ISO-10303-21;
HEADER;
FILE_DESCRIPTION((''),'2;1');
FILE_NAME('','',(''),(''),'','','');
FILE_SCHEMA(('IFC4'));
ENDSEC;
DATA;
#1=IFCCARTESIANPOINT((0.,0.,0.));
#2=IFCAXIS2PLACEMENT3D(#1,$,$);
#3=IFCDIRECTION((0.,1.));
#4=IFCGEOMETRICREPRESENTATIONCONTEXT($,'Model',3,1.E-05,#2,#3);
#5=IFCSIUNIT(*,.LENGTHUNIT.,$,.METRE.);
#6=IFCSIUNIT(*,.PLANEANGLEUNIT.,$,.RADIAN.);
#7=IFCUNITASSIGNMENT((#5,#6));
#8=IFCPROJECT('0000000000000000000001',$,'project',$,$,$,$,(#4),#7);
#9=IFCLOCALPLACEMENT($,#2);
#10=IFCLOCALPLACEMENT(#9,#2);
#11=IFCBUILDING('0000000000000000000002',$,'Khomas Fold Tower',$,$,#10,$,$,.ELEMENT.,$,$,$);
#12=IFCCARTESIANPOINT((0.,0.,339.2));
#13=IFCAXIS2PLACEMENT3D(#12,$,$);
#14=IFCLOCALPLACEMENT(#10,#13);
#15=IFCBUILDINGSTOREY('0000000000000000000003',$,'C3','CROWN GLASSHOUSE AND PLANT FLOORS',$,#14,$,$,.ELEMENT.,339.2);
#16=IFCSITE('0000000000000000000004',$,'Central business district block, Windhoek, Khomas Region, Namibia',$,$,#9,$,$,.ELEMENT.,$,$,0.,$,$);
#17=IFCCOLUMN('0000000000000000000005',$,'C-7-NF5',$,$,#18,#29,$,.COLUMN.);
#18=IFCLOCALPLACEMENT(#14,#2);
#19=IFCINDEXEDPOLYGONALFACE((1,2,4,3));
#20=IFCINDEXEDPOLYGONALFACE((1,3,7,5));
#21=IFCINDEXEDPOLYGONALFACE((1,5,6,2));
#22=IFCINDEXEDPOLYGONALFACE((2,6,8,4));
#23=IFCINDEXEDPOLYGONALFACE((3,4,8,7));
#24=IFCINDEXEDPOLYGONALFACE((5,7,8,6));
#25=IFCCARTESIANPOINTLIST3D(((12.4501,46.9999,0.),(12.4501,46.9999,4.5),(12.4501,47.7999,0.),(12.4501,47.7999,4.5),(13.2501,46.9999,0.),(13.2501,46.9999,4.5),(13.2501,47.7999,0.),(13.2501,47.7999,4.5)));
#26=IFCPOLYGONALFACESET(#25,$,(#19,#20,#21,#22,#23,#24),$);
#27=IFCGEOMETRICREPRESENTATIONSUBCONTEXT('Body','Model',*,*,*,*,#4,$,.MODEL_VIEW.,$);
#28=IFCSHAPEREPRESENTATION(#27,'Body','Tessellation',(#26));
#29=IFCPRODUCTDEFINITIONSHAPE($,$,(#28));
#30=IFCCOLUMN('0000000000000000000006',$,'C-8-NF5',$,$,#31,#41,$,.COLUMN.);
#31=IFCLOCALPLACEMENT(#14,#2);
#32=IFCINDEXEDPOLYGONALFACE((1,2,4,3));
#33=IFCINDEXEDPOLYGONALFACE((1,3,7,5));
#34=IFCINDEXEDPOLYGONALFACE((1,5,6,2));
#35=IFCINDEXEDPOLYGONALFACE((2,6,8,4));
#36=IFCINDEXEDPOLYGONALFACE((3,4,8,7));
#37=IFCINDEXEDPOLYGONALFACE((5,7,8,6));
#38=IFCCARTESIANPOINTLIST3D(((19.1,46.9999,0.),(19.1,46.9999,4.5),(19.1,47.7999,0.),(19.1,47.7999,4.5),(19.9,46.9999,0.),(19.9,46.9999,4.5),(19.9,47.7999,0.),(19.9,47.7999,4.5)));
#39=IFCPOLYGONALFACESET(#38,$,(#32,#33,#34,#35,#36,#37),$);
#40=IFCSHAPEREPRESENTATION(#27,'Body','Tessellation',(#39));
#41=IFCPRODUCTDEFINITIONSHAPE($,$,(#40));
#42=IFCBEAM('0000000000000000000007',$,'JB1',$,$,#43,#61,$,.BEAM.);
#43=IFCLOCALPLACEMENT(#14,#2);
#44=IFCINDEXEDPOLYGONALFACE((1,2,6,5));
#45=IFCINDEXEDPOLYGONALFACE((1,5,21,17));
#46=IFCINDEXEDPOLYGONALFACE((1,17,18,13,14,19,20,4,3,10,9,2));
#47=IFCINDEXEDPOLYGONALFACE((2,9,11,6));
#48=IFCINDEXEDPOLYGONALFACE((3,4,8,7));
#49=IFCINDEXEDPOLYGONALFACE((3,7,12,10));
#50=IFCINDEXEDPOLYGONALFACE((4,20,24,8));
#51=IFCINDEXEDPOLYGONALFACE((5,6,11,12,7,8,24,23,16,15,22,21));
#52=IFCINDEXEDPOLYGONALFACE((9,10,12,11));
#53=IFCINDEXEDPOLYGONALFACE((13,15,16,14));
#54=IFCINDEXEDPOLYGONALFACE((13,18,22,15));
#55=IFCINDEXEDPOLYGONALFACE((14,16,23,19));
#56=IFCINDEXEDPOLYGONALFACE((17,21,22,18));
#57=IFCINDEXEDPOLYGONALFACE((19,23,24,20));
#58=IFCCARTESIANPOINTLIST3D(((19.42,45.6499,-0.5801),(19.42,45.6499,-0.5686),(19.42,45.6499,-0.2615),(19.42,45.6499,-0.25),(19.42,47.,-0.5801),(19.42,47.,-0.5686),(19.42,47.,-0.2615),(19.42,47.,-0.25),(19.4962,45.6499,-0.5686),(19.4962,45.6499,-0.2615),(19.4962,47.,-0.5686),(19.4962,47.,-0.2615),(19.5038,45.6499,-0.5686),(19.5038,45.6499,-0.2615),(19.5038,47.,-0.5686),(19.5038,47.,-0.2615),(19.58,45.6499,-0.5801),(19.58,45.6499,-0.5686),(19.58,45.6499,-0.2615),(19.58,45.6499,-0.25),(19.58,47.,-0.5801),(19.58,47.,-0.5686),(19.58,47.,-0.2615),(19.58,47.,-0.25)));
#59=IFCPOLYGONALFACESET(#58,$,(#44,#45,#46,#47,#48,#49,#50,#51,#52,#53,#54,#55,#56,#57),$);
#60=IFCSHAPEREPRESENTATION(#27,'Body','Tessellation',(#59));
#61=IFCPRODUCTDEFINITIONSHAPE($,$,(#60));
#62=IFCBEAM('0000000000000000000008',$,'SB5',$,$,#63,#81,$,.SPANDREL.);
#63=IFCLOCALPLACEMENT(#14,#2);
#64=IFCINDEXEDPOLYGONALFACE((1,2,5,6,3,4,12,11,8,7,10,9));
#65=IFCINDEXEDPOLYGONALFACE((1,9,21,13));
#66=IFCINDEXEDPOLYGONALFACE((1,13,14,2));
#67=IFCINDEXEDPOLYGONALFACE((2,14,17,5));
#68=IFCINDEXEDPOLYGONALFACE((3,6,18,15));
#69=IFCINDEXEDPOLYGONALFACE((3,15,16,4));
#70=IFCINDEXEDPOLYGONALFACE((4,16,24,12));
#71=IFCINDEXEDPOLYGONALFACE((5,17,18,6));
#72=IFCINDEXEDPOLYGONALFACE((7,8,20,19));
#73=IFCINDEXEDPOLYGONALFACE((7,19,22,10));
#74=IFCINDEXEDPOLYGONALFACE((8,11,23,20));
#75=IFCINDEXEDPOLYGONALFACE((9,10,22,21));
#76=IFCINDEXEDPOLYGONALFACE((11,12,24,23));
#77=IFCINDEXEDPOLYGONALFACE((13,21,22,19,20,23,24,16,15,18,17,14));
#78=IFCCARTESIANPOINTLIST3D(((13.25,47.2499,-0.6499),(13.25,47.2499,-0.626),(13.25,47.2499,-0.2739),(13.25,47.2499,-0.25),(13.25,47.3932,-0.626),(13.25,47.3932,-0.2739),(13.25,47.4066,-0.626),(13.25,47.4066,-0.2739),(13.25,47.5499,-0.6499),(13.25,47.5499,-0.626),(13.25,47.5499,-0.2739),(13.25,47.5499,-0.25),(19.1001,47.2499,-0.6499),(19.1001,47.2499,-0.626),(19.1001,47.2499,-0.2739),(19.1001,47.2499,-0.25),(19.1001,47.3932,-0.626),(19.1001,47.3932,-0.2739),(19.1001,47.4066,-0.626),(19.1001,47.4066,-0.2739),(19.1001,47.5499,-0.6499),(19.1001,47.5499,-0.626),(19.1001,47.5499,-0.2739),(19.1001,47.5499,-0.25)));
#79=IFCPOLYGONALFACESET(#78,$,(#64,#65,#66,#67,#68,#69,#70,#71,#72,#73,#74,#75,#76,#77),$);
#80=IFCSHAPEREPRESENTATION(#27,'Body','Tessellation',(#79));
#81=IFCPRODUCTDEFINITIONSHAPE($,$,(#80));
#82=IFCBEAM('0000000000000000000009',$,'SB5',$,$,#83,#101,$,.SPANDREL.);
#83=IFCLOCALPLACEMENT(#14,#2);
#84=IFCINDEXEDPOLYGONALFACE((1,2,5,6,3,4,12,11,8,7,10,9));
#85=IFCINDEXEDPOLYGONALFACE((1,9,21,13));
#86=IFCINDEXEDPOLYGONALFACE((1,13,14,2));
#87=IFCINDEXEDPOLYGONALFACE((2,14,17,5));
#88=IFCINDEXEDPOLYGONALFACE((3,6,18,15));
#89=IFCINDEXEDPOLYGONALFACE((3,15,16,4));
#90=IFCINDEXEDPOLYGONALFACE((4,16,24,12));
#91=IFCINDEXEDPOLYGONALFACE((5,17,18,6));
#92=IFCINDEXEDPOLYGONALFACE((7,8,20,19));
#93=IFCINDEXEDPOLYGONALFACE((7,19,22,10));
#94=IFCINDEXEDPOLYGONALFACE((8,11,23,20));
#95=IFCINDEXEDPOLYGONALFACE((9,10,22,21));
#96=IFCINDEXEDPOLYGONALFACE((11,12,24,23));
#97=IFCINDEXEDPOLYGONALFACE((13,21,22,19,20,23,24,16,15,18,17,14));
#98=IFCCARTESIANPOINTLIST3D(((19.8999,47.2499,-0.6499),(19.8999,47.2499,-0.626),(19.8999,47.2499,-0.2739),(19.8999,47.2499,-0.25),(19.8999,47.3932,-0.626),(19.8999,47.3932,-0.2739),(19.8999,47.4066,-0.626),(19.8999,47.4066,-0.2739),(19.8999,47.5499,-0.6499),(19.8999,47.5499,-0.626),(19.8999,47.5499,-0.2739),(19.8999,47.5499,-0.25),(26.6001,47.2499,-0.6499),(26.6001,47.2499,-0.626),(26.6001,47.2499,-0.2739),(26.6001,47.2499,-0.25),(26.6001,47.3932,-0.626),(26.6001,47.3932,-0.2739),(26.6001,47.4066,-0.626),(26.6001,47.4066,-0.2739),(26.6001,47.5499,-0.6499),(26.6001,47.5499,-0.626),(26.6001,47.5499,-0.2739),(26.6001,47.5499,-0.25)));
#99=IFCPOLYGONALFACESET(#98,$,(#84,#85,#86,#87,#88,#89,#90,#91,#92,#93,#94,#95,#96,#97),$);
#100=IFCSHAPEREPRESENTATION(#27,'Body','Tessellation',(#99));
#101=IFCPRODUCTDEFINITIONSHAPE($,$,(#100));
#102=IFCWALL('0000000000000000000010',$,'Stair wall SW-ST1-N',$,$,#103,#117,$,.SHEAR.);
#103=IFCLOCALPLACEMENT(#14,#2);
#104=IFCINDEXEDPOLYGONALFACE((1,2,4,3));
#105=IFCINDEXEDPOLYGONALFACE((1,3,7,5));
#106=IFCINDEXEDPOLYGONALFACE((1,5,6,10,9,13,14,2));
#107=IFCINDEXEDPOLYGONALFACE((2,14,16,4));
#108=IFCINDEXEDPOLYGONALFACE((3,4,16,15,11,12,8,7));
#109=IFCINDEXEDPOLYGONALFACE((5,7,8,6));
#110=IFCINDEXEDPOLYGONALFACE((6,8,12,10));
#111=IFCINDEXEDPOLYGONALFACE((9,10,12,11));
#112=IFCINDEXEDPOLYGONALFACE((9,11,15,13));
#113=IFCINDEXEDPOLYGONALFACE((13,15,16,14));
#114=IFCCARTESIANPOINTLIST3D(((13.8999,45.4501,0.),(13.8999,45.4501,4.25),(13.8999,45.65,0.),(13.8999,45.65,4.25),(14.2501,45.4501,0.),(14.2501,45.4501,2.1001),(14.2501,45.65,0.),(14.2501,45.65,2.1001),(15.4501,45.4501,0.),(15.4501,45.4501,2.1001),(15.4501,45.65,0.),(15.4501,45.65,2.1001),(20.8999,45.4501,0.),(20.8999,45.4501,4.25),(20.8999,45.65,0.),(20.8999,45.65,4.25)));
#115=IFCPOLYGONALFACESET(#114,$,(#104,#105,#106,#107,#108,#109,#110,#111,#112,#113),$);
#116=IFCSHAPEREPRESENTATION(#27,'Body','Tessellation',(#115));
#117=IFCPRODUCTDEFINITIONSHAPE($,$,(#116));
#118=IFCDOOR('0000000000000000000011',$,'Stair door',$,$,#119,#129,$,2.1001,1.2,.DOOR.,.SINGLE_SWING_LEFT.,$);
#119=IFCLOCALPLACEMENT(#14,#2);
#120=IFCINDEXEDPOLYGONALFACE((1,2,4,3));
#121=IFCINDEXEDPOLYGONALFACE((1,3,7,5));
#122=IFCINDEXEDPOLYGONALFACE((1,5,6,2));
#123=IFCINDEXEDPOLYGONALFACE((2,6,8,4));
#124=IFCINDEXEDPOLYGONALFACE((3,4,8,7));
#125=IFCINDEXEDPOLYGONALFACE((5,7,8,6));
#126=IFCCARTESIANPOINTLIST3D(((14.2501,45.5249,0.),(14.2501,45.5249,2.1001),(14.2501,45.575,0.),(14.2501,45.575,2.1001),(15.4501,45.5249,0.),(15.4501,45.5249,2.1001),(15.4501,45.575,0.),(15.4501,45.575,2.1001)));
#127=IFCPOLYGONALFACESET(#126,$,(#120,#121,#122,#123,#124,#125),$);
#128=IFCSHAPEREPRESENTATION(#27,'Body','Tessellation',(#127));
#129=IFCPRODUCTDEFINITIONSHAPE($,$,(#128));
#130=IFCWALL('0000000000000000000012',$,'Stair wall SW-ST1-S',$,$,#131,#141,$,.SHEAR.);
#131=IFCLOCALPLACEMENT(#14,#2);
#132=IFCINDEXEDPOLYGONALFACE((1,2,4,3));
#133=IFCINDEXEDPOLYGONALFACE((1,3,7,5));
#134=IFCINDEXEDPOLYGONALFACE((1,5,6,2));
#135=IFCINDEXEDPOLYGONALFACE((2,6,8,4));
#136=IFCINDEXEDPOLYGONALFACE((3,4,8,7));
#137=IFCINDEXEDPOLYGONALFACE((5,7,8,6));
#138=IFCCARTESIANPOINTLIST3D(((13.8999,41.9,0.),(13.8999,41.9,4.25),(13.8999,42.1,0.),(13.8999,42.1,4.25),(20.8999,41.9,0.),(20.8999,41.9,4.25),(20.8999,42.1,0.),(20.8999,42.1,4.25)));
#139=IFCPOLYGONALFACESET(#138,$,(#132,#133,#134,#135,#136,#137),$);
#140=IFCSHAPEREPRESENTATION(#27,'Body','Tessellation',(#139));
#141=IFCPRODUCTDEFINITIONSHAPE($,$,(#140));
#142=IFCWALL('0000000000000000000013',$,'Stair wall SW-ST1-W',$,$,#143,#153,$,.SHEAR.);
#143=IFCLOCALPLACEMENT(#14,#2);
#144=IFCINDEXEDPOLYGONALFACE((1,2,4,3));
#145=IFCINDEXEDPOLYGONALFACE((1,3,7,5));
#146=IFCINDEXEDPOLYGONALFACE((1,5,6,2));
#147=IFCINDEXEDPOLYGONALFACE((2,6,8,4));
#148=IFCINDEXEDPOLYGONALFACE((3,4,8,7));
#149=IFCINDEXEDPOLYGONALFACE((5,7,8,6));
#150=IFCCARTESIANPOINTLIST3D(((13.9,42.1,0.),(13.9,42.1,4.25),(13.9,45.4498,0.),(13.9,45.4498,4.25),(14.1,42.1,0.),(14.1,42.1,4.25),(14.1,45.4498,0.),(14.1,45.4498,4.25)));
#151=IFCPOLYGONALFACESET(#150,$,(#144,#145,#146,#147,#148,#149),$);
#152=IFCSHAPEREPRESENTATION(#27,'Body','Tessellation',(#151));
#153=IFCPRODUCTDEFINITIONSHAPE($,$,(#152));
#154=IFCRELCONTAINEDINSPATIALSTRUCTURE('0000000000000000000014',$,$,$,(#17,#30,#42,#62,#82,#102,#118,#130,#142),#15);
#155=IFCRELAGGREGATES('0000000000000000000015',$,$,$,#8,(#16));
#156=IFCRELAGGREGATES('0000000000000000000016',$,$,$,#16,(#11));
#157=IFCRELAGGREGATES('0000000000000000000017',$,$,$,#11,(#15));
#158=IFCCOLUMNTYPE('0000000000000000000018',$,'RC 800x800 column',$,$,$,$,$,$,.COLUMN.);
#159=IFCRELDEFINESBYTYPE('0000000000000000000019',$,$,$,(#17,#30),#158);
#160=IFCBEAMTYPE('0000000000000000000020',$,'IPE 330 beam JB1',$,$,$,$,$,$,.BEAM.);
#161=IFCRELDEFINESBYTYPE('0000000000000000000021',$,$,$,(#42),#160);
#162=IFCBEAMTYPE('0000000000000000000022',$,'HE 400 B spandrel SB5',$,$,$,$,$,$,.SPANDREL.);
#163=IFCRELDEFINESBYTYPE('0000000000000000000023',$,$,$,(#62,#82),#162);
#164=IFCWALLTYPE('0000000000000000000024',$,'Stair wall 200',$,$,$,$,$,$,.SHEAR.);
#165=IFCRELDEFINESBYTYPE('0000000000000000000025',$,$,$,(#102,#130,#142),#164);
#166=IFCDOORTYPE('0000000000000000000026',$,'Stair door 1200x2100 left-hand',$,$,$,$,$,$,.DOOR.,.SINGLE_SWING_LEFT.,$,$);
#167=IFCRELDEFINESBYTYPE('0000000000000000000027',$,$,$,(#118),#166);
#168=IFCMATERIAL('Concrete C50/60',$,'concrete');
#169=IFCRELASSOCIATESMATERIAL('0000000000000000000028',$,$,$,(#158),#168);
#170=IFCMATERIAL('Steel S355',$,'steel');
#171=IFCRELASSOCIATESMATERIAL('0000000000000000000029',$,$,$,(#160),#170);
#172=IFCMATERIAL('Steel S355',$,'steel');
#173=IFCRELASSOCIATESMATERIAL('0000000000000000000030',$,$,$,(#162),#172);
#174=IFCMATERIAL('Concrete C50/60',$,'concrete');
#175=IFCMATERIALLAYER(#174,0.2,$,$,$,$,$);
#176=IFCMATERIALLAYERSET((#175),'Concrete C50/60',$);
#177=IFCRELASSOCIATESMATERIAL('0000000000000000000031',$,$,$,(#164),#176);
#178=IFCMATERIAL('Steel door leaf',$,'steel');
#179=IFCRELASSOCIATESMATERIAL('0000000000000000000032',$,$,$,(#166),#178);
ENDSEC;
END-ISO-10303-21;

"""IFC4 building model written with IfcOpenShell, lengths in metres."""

from ifc_helpers import new_model, si_unit, direction, frame, frame_2d, origin, origin_2d, place, context, subcontext, project, spatial, rectangle, i_section, extrude, source, transform, mapped, material, layer, layer_set, material_profile, profile_set, type_object, element, fill, save


model = new_model("IFC4")

# Units and contexts
model_context = context("Model", 3, precision=1e-05, world=origin(), true_north=direction((0.0, 1.0)))
body_context = subcontext(model_context, "Body", "Model", "MODEL_VIEW")
ifc_project = project(units=[si_unit("LENGTHUNIT", "METRE"), si_unit("PLANEANGLEUNIT", "RADIAN")], contexts=[model_context])

# Site, building, storey
site_placement = place(None, origin())
site = spatial("IfcSite", under=ifc_project, at=site_placement, Name="Central business district block, Windhoek, Khomas Region, Namibia", CompositionType="ELEMENT", RefElevation=0.0)
building_placement = place(site_placement, origin())
building = spatial("IfcBuilding", under=site, at=building_placement, Name="Khomas Fold Tower", CompositionType="ELEMENT")
storey_placement = place(building_placement, frame((0.0, 0.0, 339.2)))
storey = spatial("IfcBuildingStorey", under=building, at=storey_placement, Name="C3", Description="CROWN GLASSHOUSE AND PLANT FLOORS", CompositionType="ELEMENT", Elevation=339.2)

# Columns
ifc_material_1 = material(Name="Concrete C50/60", Category="concrete")
ifc_material_profile_1 = material_profile(ifc_material_1, rectangle(XDim=0.8, YDim=0.8, at=origin_2d()), Name="RC 800x800")
ifc_profile_set_1 = profile_set([ifc_material_profile_1], Name="Concrete C50/60")
column_type = type_object("IfcColumnType", Name="RC 800x800 column", PredefinedType="COLUMN", material=ifc_profile_set_1)
shared_shape_1 = source(origin(), body_context, "Body", "SweptSolid", [
    extrude(rectangle(XDim=0.8, YDim=0.8, at=origin_2d()), origin(), (0.0, 0.0, 1.0), 4.5),
])
for number, where, z_axis, x_axis, name in (
    (1, (12.8501, 47.3999, 0.0), (0.0, 0.0, 1.0), (1.0, 0.0, 0.0), "C-7-NF5"),
    (2, (19.5, 47.3999, 0.0), (0.0, 0.0, 1.0), (1.0, 0.0, 0.0), "C-8-NF5"),
):
    element("IfcColumn", number, at=place(storey_placement, frame(where, z_axis=z_axis, x_axis=x_axis)), inside=storey, type_object=column_type, Name=name, PredefinedType="COLUMN", context=body_context, shape_type="MappedRepresentation", body=[
        mapped(shared_shape_1, transform((0.0, 0.0, 0.0))),
    ])

# Beams
ifc_material_2 = material(Name="Steel S355", Category="steel")
ifc_material_profile_2 = material_profile(ifc_material_2, i_section(OverallWidth=0.1599, OverallDepth=0.3301, WebThickness=0.0076, FlangeThickness=0.0115, at=origin_2d()), Name="IPE 330")
ifc_profile_set_2 = profile_set([ifc_material_profile_2], Name="Steel S355")
beam_type_1 = type_object("IfcBeamType", Name="IPE 330 beam JB1", PredefinedType="BEAM", material=ifc_profile_set_2)
shared_shape_2 = source(origin(), body_context, "Body", "SweptSolid", [
    extrude(i_section(OverallWidth=0.1599, OverallDepth=0.3301, WebThickness=0.0076, FlangeThickness=0.0115, at=origin_2d()), origin(), (0.0, 0.0, 1.0), 1.3501),
])
beam_1_placement = place(storey_placement, frame((19.5, 45.6499, -0.415), z_axis=(0.0, 1.0, 0.0), x_axis=(-1.0, 0.0, 0.0)))
element("IfcBeam", 3, at=beam_1_placement, inside=storey, type_object=beam_type_1, Name="JB1", PredefinedType="BEAM", context=body_context, shape_type="MappedRepresentation", body=[
    mapped(shared_shape_2, transform((0.0, 0.0, 0.0))),
])
ifc_material_3 = material(Name="Steel S355", Category="steel")
ifc_material_profile_3 = material_profile(ifc_material_3, i_section(OverallWidth=0.3, OverallDepth=0.3999, WebThickness=0.0134, FlangeThickness=0.0239, at=origin_2d()), Name="HE 400 B")
ifc_profile_set_3 = profile_set([ifc_material_profile_3], Name="Steel S355")
beam_type_2 = type_object("IfcBeamType", Name="HE 400 B spandrel SB5", PredefinedType="SPANDREL", material=ifc_profile_set_3)
shared_shape_3 = source(origin(), body_context, "Body", "SweptSolid", [
    extrude(i_section(OverallWidth=0.3, OverallDepth=0.3999, WebThickness=0.0134, FlangeThickness=0.0239, at=origin_2d()), origin(), (0.0, 0.0, 1.0), 5.8501),
])
beam_2_placement = place(storey_placement, frame((13.25, 47.3999, -0.45), z_axis=(1.0, 0.0, 0.0), x_axis=(0.0, 1.0, 0.0)))
element("IfcBeam", 4, at=beam_2_placement, inside=storey, type_object=beam_type_2, Name="SB5", PredefinedType="SPANDREL", context=body_context, shape_type="MappedRepresentation", body=[
    mapped(shared_shape_3, transform((0.0, 0.0, 0.0))),
])
shared_shape_4 = source(origin(), body_context, "Body", "SweptSolid", [
    extrude(i_section(OverallWidth=0.3, OverallDepth=0.3999, WebThickness=0.0134, FlangeThickness=0.0239, at=origin_2d()), origin(), (0.0, 0.0, 1.0), 6.7002),
])
beam_3_placement = place(storey_placement, frame((19.8999, 47.3999, -0.45), z_axis=(1.0, 0.0, 0.0), x_axis=(0.0, 1.0, 0.0)))
element("IfcBeam", 5, at=beam_3_placement, inside=storey, type_object=beam_type_2, Name="SB5", PredefinedType="SPANDREL", context=body_context, shape_type="MappedRepresentation", body=[
    mapped(shared_shape_4, transform((0.0, 0.0, 0.0))),
])

# Wall, opening, door
ifc_material_4 = material(Name="Concrete C50/60", Category="concrete")
ifc_layer_1 = layer(ifc_material_4, 0.2)
ifc_layer_set_1 = layer_set([ifc_layer_1], Name="Concrete C50/60")
wall_type_1 = type_object("IfcWallType", Name="Stair wall 200", PredefinedType="SHEAR", material=ifc_layer_set_1)
shared_shape_5 = source(origin(), body_context, "Body", "SweptSolid", [
    extrude(rectangle(XDim=7.0, YDim=0.2, at=frame_2d((3.5, 0.0))), origin(), (0.0, 0.0, 1.0), 4.25),
])
wall_1_placement = place(storey_placement, frame((13.8999, 45.55, 0.0), z_axis=(0.0, 0.0, 1.0), x_axis=(1.0, 0.0, 0.0)))
wall_1 = element("IfcWall", 6, at=wall_1_placement, inside=storey, type_object=wall_type_1, Name="Stair wall SW-ST1-N", PredefinedType="SHEAR", context=body_context, shape_type="MappedRepresentation", body=[
    mapped(shared_shape_5, transform((0.0, 0.0, 0.0))),
])
shared_shape_6 = source(origin(), body_context, "Body", "SweptSolid", [
    extrude(rectangle(XDim=1.2, YDim=2.1001, at=frame_2d((0.6001, 1.05))), frame((0.0, 0.1099, 0.0), z_axis=(0.0, -1.0, 0.0), x_axis=(1.0, 0.0, 0.0)), (0.0, 0.0, 1.0), 0.22),
])
opening_1_placement = place(wall_1_placement, frame((0.3501, 0.0, 0.0)))
opening_1 = element("IfcOpeningElement", 7, at=opening_1_placement, cuts=wall_1, PredefinedType="OPENING", context=body_context, shape_type="MappedRepresentation", body=[
    mapped(shared_shape_6, transform((0.0, 0.0, 0.0))),
])
ifc_material_5 = material(Name="Steel door leaf", Category="steel")
door_type_1 = type_object("IfcDoorType", Name="Stair door 1200x2100 left-hand", OperationType="SINGLE_SWING_LEFT", PredefinedType="DOOR", material=ifc_material_5)
shared_shape_7 = source(origin(), body_context, "Body", "SweptSolid", [
    extrude(rectangle(XDim=1.2, YDim=2.1001, at=frame_2d((0.6001, 1.05))), frame((0.0, 0.0249, 0.0), z_axis=(0.0, -1.0, 0.0), x_axis=(1.0, 0.0, 0.0)), (0.0, 0.0, 1.0), 0.05),
])
door_1_placement = place(opening_1_placement, origin())
door_1 = element("IfcDoor", 8, at=door_1_placement, inside=storey, type_object=door_type_1, Name="Stair door", OperationType="SINGLE_SWING_LEFT", OverallHeight=2.1001, OverallWidth=1.2, PredefinedType="DOOR", context=body_context, shape_type="MappedRepresentation", body=[
    mapped(shared_shape_7, transform((0.0, 0.0, 0.0))),
])
fill(opening_1, door_1)

# Walls
wall_2_placement = place(storey_placement, frame((13.8999, 42.0, 0.0), z_axis=(0.0, 0.0, 1.0), x_axis=(1.0, 0.0, 0.0)))
element("IfcWall", 9, at=wall_2_placement, inside=storey, type_object=wall_type_1, Name="Stair wall SW-ST1-S", PredefinedType="SHEAR", context=body_context, shape_type="MappedRepresentation", body=[
    mapped(shared_shape_5, transform((0.0, 0.0, 0.0))),
])
shared_shape_8 = source(origin(), body_context, "Body", "SweptSolid", [
    extrude(rectangle(XDim=3.3499, YDim=0.2, at=frame_2d((1.6748, 0.0))), origin(), (0.0, 0.0, 1.0), 4.25),
])
wall_3_placement = place(storey_placement, frame((14.0, 42.1001, 0.0), z_axis=(0.0, 0.0, 1.0), x_axis=(0.0, 1.0, 0.0)))
element("IfcWall", 10, at=wall_3_placement, inside=storey, type_object=wall_type_1, Name="Stair wall SW-ST1-W", PredefinedType="SHEAR", context=body_context, shape_type="MappedRepresentation", body=[
    mapped(shared_shape_8, transform((0.0, 0.0, 0.0))),
])

save(model, "model.ifc")
